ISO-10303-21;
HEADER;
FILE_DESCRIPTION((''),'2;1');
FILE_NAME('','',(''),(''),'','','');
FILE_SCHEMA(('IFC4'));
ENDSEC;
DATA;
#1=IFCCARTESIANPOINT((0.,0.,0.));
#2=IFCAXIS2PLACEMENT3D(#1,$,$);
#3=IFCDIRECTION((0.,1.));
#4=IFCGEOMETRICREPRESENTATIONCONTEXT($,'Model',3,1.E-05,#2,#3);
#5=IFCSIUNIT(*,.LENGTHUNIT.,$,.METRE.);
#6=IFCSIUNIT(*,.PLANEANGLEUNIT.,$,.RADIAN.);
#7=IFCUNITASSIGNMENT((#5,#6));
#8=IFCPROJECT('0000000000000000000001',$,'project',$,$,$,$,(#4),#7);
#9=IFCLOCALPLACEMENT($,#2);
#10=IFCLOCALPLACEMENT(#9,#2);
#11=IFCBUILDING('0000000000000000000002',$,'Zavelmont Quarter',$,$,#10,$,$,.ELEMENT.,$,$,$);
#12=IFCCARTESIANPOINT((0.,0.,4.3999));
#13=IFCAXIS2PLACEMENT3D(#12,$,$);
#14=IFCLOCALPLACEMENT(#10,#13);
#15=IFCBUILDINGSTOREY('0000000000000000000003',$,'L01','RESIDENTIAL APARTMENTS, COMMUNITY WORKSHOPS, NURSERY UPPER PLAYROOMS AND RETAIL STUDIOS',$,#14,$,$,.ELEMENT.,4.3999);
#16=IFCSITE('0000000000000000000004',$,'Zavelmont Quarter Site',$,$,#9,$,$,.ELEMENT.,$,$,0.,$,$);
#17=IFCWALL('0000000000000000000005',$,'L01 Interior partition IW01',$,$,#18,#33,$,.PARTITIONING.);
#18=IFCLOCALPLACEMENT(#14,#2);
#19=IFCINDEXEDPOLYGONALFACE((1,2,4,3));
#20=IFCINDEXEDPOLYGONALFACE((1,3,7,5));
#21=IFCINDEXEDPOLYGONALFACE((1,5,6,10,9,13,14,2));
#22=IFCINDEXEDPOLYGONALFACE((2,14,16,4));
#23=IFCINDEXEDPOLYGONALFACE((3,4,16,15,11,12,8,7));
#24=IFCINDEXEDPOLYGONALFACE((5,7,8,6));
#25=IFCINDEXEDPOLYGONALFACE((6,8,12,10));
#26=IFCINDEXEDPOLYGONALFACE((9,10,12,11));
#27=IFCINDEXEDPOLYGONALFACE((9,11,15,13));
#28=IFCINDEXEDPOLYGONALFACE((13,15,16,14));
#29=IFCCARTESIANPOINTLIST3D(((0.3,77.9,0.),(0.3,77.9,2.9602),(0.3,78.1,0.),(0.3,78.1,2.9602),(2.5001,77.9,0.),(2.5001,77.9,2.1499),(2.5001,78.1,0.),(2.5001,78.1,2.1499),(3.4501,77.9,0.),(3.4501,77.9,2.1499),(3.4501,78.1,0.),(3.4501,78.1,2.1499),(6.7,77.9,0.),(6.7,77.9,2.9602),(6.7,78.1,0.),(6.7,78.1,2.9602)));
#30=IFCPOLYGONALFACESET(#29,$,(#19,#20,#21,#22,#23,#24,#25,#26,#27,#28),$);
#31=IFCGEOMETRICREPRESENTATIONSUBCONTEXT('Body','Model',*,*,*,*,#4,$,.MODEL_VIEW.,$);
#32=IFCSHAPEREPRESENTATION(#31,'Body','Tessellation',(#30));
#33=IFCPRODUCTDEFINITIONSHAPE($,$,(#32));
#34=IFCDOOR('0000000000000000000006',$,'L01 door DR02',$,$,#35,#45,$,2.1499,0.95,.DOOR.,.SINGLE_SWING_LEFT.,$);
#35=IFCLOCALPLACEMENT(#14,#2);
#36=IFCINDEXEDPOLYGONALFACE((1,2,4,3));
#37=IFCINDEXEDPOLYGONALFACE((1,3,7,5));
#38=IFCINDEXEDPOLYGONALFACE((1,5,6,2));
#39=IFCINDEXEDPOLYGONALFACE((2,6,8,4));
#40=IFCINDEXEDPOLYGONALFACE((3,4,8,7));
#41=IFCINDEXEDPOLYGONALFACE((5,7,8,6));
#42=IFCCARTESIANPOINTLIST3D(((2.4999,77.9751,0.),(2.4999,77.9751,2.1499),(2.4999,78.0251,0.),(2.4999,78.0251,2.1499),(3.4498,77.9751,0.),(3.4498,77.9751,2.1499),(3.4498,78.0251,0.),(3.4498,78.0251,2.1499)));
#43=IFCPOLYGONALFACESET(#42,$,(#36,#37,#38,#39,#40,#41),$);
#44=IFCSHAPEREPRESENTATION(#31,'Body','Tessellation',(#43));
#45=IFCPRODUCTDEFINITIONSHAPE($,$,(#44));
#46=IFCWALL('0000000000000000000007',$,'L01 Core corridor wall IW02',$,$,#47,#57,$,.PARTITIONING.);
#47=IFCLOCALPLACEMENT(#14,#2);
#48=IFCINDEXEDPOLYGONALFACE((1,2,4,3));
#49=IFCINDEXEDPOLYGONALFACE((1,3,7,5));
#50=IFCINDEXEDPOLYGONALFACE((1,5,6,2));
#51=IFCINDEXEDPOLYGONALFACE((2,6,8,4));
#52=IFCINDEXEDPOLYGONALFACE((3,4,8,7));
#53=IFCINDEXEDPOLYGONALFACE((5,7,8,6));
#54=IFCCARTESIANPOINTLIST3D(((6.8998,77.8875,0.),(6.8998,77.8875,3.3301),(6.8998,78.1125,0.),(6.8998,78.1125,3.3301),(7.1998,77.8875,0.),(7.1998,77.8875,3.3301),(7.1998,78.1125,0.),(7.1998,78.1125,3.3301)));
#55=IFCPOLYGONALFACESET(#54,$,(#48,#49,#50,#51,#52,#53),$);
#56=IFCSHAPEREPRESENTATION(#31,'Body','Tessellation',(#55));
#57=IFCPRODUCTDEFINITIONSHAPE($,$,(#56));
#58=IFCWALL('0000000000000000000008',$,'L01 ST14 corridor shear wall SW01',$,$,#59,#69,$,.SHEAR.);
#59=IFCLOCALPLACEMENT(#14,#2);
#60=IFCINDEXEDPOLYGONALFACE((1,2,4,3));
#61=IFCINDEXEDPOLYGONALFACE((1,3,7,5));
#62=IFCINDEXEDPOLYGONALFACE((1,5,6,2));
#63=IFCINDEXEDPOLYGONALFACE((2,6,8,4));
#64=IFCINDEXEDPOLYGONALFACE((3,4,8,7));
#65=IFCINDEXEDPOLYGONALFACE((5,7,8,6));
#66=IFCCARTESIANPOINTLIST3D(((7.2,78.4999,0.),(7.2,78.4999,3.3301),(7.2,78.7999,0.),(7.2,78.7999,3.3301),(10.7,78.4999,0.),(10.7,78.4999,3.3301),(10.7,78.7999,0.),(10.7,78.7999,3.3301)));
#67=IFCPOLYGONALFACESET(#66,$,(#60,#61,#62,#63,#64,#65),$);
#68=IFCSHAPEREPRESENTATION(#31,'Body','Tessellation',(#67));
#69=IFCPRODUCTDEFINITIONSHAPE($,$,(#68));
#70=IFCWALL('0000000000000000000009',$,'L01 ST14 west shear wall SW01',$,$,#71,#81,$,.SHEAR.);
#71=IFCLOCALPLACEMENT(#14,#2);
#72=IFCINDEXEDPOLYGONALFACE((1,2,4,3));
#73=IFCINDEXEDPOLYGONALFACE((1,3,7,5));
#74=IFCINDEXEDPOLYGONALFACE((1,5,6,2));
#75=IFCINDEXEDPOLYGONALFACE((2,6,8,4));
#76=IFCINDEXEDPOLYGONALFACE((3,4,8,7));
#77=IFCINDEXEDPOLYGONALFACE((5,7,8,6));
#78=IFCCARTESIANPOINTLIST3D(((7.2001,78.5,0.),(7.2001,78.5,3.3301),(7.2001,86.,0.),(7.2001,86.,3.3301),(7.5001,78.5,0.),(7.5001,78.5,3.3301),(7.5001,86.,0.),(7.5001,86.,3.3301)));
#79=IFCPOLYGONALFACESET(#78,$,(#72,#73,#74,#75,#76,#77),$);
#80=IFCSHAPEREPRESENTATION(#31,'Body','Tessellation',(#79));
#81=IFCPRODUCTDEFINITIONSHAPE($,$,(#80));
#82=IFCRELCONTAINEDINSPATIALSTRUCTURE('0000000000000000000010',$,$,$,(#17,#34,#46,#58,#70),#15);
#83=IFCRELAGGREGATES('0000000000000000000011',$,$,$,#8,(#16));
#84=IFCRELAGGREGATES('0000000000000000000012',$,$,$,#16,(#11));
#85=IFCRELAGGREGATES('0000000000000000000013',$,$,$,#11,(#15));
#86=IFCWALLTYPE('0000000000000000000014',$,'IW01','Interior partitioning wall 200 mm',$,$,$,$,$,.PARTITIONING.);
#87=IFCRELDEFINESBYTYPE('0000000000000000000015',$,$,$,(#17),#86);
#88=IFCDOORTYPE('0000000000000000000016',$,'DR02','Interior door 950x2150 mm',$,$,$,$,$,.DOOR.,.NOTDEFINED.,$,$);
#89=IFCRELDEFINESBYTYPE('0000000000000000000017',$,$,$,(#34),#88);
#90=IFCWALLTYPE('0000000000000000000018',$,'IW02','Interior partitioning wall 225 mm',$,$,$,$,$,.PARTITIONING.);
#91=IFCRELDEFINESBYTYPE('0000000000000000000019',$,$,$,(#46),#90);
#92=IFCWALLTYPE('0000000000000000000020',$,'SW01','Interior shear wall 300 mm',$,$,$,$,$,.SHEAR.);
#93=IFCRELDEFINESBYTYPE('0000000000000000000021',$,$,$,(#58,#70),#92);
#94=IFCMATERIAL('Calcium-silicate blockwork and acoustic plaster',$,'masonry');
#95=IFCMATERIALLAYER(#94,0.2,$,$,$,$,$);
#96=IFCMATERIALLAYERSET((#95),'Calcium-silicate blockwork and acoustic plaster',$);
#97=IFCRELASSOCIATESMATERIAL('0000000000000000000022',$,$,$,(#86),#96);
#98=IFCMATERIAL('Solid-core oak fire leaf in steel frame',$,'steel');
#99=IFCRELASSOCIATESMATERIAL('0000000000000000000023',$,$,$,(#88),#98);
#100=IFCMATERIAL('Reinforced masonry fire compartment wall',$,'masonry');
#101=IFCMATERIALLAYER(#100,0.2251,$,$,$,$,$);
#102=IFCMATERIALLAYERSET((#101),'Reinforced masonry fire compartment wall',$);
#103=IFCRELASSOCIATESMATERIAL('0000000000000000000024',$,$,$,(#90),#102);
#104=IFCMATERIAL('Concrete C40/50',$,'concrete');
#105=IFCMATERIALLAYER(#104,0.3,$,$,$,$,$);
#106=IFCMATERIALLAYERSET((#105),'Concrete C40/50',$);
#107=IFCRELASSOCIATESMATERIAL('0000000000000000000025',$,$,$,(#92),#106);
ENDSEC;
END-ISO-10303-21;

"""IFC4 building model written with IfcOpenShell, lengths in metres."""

from ifc_helpers import new_model, si_unit, direction, frame, frame_2d, origin, place, context, subcontext, project, spatial, rectangle, extrude, material, layer, layer_set, type_object, element, fill, save


model = new_model("IFC4")

# Units and contexts
model_context = context("Model", 3, precision=1e-05, world=origin(), true_north=direction((0.0, 1.0)))
body_context = subcontext(model_context, "Body", "Model", "MODEL_VIEW")
ifc_project = project(units=[si_unit("LENGTHUNIT", "METRE"), si_unit("PLANEANGLEUNIT", "RADIAN")], contexts=[model_context])

# Site, building, storey
site_placement = place(None, origin())
site = spatial("IfcSite", under=ifc_project, at=site_placement, Name="Zavelmont Quarter Site", CompositionType="ELEMENT", RefElevation=0.0)
building_placement = place(site_placement, origin())
building = spatial("IfcBuilding", under=site, at=building_placement, Name="Zavelmont Quarter", CompositionType="ELEMENT")
storey_placement = place(building_placement, frame((0.0, 0.0, 4.3999)))
storey = spatial("IfcBuildingStorey", under=building, at=storey_placement, Name="L01", Description="RESIDENTIAL APARTMENTS, COMMUNITY WORKSHOPS, NURSERY UPPER PLAYROOMS AND RETAIL STUDIOS", CompositionType="ELEMENT", Elevation=4.3999)

# Shared definitions
ifc_material_1 = material(Name="Concrete C40/50", Category="concrete")

# Shared definitions
ifc_material_2 = material(Name="Calcium-silicate blockwork and acoustic plaster", Category="masonry")
ifc_layer_1 = layer(ifc_material_2, 0.2)
ifc_layer_set_1 = layer_set([ifc_layer_1], Name="Calcium-silicate blockwork and acoustic plaster")
wall_type_1 = type_object("IfcWallType", Name="IW01", Description="Interior partitioning wall 200 mm", PredefinedType="PARTITIONING", material=ifc_layer_set_1)
ifc_material_3 = material(Name="Solid-core oak fire leaf in steel frame", Category="steel")

# Wall, opening, door
wall_1_placement = place(storey_placement, frame((0.3, 78.0, 0.0), z_axis=(0.0, 0.0, 1.0), x_axis=(1.0, 0.0, 0.0)))
wall_1 = element("IfcWall", 1, at=wall_1_placement, inside=storey, type_object=wall_type_1, Name="L01 Interior partition IW01", PredefinedType="PARTITIONING", context=body_context, shape_type="SweptSolid", body=[
    extrude(rectangle(XDim=6.3999, YDim=0.2, at=frame_2d((3.2, 0.0))), origin(), (0.0, 0.0, 1.0), 2.9602),
])
opening_1_placement = place(wall_1_placement, frame((2.2, 0.0, 0.0)))
opening_1 = element("IfcOpeningElement", 2, at=opening_1_placement, cuts=wall_1, PredefinedType="OPENING", context=body_context, shape_type="SweptSolid", body=[
    extrude(rectangle(XDim=0.95, YDim=2.1499, at=frame_2d((0.4751, 1.075))), frame((0.0, 0.1118, 0.0), z_axis=(0.0, -1.0, 0.0), x_axis=(1.0, 0.0, 0.0)), (0.0, 0.0, 1.0), 0.2239),
])
door_type_1 = type_object("IfcDoorType", Name="DR02", Description="Interior door 950x2150 mm", OperationType="NOTDEFINED", PredefinedType="DOOR", material=ifc_material_3)
door_1_placement = place(opening_1_placement, frame((0.95, 0.0, 0.0), z_axis=(0.0, 0.0, 1.0), x_axis=(-1.0, 0.0, 0.0)))
door_1 = element("IfcDoor", 3, at=door_1_placement, inside=storey, type_object=door_type_1, Name="L01 door DR02", OperationType="SINGLE_SWING_LEFT", OverallHeight=2.1499, OverallWidth=0.95, PredefinedType="DOOR", context=body_context, shape_type="SweptSolid", body=[
    extrude(rectangle(XDim=0.95, YDim=2.1499, at=frame_2d((0.4751, 1.075))), frame((0.0, 0.0249, 0.0), z_axis=(0.0, -1.0, 0.0), x_axis=(1.0, 0.0, 0.0)), (0.0, 0.0, 1.0), 0.05),
])
fill(opening_1, door_1)

# Walls
ifc_material_4 = material(Name="Reinforced masonry fire compartment wall", Category="masonry")
ifc_layer_2 = layer(ifc_material_4, 0.2251)
ifc_layer_set_2 = layer_set([ifc_layer_2], Name="Reinforced masonry fire compartment wall")
wall_type_2 = type_object("IfcWallType", Name="IW02", Description="Interior partitioning wall 225 mm", PredefinedType="PARTITIONING", material=ifc_layer_set_2)
wall_2_placement = place(storey_placement, frame((6.8999, 78.0, 0.0), z_axis=(0.0, 0.0, 1.0), x_axis=(1.0, 0.0, 0.0)))
element("IfcWall", 4, at=wall_2_placement, inside=storey, type_object=wall_type_2, Name="L01 Core corridor wall IW02", PredefinedType="PARTITIONING", context=body_context, shape_type="SweptSolid", body=[
    extrude(rectangle(XDim=0.3, YDim=0.2251, at=frame_2d((0.1499, 0.0))), origin(), (0.0, 0.0, 1.0), 3.3301),
])
ifc_layer_3 = layer(ifc_material_1, 0.3)
ifc_layer_set_3 = layer_set([ifc_layer_3], Name="Concrete C40/50")
wall_type_3 = type_object("IfcWallType", Name="SW01", Description="Interior shear wall 300 mm", PredefinedType="SHEAR", material=ifc_layer_set_3)
wall_3_placement = place(storey_placement, frame((7.2, 78.6499, 0.0), z_axis=(0.0, 0.0, 1.0), x_axis=(1.0, 0.0, 0.0)))
element("IfcWall", 5, at=wall_3_placement, inside=storey, type_object=wall_type_3, Name="L01 ST14 corridor shear wall SW01", PredefinedType="SHEAR", context=body_context, shape_type="SweptSolid", body=[
    extrude(rectangle(XDim=3.5, YDim=0.3, at=frame_2d((1.75, 0.0))), origin(), (0.0, 0.0, 1.0), 3.3301),
])
wall_4_placement = place(storey_placement, frame((7.3501, 78.5, 0.0), z_axis=(0.0, 0.0, 1.0), x_axis=(0.0, 1.0, 0.0)))
element("IfcWall", 6, at=wall_4_placement, inside=storey, type_object=wall_type_3, Name="L01 ST14 west shear wall SW01", PredefinedType="SHEAR", context=body_context, shape_type="SweptSolid", body=[
    extrude(rectangle(XDim=7.5, YDim=0.3, at=frame_2d((3.75, 0.0))), origin(), (0.0, 0.0, 1.0), 3.3301),
])

save(model, "model.ifc")
